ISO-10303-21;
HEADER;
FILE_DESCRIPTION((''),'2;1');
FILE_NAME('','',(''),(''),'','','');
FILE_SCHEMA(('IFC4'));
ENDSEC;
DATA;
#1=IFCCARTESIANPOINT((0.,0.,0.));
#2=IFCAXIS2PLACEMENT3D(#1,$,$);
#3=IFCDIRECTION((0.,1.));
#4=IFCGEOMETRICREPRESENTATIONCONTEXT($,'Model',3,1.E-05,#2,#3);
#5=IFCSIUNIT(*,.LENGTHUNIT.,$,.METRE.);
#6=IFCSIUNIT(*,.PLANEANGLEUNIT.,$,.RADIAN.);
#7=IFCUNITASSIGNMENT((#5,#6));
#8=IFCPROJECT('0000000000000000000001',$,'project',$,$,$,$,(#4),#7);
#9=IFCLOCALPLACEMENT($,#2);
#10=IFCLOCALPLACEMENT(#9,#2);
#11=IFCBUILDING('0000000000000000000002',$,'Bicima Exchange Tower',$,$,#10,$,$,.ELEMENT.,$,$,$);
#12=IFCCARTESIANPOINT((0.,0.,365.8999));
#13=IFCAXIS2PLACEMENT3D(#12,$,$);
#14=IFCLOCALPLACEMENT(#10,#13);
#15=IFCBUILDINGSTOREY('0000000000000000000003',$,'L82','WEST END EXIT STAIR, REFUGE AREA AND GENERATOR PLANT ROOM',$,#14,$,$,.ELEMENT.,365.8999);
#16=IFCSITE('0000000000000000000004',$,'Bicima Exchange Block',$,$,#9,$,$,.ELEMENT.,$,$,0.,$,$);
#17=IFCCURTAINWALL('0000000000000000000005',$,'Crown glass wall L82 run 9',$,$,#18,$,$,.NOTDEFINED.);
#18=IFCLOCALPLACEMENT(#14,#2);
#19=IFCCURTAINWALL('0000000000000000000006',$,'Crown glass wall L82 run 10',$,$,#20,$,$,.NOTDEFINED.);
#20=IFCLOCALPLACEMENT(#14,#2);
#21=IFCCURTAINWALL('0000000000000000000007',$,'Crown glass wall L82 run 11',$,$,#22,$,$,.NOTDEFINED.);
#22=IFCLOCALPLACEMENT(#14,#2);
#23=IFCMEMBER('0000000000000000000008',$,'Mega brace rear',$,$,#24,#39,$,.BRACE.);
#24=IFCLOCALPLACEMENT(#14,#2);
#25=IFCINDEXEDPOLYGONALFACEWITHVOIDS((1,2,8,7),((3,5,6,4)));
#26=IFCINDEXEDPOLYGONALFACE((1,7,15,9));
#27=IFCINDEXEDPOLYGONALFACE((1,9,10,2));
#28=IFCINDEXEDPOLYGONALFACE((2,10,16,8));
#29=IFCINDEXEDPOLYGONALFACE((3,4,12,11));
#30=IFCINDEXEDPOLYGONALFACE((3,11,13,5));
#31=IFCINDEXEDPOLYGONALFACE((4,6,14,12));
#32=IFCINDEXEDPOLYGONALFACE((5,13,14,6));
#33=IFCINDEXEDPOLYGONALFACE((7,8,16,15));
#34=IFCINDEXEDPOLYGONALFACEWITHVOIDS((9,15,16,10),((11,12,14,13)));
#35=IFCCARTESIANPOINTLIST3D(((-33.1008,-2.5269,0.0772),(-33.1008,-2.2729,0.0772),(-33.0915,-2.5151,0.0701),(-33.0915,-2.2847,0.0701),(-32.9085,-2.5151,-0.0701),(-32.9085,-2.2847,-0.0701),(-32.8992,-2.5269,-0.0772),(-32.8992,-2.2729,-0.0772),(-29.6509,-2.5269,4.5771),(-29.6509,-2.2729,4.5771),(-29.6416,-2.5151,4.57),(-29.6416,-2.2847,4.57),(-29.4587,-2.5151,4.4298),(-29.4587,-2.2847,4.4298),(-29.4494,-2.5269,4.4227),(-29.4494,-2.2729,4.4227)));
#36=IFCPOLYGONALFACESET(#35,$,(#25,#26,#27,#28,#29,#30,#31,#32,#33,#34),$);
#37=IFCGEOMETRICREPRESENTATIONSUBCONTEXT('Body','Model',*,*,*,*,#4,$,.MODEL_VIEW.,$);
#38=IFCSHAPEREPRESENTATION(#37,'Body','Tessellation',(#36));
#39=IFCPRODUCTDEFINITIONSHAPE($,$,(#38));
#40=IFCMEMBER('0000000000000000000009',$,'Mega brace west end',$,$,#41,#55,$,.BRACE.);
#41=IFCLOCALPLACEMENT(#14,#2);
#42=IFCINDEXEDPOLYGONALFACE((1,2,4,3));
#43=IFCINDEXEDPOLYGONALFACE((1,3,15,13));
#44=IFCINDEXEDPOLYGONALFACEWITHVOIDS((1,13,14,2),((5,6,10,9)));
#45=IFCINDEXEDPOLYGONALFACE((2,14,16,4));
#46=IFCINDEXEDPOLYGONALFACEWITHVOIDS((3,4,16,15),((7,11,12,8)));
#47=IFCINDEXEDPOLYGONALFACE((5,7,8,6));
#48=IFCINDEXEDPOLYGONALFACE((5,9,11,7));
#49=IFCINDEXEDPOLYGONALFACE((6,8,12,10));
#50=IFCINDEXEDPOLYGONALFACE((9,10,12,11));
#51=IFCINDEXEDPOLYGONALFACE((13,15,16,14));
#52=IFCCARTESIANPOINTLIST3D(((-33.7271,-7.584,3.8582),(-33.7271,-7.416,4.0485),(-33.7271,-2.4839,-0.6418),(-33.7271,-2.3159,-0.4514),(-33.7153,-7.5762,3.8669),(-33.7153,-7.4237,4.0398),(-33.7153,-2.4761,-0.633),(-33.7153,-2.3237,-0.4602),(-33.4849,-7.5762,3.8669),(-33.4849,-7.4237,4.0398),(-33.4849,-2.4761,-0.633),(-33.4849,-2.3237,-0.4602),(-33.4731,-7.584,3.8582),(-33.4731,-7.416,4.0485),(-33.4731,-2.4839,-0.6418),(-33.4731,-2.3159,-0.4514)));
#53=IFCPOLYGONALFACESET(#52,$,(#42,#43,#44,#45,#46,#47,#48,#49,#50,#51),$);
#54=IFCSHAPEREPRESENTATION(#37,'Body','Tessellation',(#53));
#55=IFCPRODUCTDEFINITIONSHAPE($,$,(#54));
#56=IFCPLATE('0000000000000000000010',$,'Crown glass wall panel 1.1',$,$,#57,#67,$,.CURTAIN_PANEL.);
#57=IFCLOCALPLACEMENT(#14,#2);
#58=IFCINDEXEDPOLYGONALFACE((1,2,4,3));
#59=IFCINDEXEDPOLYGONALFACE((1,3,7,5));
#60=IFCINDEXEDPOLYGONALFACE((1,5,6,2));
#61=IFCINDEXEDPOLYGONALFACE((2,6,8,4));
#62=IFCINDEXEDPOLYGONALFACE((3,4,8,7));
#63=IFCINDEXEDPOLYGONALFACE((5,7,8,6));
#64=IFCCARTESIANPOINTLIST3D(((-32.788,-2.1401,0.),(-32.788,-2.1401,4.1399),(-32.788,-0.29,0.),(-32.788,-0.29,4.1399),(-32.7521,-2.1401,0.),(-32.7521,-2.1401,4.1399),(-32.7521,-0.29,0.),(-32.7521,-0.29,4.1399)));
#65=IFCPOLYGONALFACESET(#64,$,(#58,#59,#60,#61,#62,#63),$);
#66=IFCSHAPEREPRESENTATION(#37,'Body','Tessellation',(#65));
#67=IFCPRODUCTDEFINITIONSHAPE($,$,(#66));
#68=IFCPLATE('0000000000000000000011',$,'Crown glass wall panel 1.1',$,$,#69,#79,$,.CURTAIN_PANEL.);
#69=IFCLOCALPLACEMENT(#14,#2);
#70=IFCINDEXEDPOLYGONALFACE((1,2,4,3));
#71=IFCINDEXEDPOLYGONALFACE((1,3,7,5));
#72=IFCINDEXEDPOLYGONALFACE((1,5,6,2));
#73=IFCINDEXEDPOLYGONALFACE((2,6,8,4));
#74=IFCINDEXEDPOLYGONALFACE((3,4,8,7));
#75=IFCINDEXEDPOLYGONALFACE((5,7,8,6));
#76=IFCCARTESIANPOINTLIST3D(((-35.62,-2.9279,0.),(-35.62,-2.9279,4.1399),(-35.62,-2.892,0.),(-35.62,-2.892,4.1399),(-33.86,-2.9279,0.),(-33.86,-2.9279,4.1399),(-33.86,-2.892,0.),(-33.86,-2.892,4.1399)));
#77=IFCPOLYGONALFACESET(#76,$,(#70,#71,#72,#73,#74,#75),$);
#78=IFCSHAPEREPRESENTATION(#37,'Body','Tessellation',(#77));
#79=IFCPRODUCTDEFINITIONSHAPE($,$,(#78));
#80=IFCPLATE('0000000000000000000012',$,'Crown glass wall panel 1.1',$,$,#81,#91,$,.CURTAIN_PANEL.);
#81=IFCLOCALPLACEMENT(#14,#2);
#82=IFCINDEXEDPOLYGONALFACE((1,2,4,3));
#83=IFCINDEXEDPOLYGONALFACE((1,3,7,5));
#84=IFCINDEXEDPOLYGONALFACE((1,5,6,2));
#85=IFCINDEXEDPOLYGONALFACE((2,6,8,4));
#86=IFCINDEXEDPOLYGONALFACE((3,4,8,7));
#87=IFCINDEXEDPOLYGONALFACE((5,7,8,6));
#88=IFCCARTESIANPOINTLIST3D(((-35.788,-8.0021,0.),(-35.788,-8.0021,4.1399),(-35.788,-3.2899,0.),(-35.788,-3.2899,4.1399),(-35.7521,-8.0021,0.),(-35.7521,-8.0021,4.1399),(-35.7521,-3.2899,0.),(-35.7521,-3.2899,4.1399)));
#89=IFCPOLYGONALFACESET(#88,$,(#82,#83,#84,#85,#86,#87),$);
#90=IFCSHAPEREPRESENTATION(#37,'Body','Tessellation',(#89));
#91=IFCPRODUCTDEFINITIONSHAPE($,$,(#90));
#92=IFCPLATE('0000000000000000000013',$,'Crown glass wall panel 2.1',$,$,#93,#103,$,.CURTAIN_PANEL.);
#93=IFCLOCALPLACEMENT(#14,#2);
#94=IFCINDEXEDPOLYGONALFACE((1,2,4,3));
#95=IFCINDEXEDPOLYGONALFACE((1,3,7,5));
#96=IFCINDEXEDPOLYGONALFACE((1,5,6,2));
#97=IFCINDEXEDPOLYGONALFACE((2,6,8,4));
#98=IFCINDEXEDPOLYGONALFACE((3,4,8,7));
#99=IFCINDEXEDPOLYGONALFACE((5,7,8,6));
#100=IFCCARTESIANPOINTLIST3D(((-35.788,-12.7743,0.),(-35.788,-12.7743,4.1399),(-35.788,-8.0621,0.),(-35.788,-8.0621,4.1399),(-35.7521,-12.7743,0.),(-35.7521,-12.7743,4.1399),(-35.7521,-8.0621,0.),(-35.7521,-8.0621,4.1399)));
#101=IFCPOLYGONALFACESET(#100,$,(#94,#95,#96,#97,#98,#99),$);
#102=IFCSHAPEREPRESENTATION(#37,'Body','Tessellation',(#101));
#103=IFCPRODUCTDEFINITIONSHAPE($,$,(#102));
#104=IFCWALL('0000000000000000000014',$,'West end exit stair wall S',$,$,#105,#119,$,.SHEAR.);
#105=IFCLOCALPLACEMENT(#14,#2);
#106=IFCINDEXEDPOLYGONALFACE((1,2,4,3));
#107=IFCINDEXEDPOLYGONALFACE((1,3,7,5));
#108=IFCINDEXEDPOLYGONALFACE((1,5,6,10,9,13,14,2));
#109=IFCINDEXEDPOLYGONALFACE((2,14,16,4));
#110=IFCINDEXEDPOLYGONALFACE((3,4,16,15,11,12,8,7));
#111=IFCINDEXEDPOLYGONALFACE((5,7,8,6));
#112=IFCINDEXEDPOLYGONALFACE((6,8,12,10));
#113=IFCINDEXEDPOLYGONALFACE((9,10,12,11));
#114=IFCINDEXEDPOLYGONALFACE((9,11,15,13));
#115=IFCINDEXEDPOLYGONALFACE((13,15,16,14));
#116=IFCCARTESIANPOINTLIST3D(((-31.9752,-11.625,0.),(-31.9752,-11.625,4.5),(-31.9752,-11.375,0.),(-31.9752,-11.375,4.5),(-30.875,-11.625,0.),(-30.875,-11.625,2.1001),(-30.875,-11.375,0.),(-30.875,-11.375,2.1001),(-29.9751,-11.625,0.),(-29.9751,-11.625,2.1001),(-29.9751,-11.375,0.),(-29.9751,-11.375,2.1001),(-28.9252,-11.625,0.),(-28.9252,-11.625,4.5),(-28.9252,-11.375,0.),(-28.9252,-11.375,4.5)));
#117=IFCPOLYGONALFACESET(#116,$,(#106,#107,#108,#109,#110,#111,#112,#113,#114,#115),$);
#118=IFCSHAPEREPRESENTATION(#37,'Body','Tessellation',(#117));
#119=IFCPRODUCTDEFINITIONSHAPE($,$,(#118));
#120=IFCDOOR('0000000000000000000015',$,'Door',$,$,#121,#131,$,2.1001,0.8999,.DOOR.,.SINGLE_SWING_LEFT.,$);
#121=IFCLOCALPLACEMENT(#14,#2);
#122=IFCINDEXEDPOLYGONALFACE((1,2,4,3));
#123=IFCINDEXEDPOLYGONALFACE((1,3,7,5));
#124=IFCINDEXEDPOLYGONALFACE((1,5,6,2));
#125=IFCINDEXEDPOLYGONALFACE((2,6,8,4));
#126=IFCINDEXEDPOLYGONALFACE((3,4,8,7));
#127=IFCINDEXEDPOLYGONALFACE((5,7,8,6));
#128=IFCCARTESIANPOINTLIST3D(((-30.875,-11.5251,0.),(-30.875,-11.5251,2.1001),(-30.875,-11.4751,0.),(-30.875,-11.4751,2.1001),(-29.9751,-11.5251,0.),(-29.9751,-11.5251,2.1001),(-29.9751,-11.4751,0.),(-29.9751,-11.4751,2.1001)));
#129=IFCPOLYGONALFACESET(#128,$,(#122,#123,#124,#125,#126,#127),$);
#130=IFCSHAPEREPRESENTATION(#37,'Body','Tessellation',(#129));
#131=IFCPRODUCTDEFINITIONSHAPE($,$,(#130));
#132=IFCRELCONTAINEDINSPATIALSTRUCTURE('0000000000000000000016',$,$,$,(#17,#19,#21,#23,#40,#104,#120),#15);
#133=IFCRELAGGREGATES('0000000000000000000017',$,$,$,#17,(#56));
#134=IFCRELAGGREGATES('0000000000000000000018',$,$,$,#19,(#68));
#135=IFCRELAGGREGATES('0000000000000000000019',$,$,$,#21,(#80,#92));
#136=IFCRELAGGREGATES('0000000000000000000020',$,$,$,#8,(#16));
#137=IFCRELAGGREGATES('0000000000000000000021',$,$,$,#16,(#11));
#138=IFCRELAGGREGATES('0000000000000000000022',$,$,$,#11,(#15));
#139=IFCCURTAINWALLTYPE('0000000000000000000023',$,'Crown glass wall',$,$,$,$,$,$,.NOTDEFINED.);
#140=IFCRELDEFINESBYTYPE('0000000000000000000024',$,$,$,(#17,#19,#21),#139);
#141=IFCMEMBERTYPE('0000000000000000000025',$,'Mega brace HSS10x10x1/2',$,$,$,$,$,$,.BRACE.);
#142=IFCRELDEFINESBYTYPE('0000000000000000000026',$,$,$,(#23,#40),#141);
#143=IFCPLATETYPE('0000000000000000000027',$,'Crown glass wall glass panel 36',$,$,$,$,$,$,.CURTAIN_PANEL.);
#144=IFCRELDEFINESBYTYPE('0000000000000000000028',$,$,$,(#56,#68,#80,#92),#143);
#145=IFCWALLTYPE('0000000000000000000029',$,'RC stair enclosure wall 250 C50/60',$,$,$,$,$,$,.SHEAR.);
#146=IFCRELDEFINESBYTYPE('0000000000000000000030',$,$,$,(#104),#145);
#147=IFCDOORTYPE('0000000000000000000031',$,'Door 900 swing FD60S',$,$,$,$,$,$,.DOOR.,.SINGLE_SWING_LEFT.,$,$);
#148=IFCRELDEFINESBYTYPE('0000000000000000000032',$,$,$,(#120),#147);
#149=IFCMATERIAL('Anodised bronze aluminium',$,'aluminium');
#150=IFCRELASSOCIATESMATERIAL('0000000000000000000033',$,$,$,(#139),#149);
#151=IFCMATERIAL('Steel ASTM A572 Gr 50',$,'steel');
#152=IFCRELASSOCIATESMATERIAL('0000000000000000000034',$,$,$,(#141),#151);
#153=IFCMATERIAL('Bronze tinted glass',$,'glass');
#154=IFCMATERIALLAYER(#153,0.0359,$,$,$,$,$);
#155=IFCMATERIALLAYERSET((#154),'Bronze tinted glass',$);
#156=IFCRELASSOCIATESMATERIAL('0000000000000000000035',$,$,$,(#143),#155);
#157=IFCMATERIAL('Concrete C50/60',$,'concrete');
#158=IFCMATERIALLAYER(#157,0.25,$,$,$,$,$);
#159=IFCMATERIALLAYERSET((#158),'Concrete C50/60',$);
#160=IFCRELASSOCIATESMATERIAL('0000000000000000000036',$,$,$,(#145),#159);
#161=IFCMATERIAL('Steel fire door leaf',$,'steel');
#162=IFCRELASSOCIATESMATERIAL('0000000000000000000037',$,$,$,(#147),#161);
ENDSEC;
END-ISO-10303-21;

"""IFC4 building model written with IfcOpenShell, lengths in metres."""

from ifc_helpers import new_model, si_unit, direction, frame, frame_2d, origin, origin_2d, place, context, subcontext, project, spatial, rectangle, hollow_rectangle, extrude, material, layer, layer_set, material_profile, profile_set, type_object, element, fill, aggregate, save


model = new_model("IFC4")

# Units and contexts
model_context = context("Model", 3, precision=1e-05, world=origin(), true_north=direction((0.0, 1.0)))
body_context = subcontext(model_context, "Body", "Model", "MODEL_VIEW")
ifc_project = project(units=[si_unit("LENGTHUNIT", "METRE"), si_unit("PLANEANGLEUNIT", "RADIAN")], contexts=[model_context])

# Site, building, storey
site_placement = place(None, origin())
site = spatial("IfcSite", under=ifc_project, at=site_placement, Name="Bicima Exchange Block", CompositionType="ELEMENT", RefElevation=0.0)
building_placement = place(site_placement, origin())
building = spatial("IfcBuilding", under=site, at=building_placement, Name="Bicima Exchange Tower", CompositionType="ELEMENT")
storey_placement = place(building_placement, frame((0.0, 0.0, 365.8999)))
storey = spatial("IfcBuildingStorey", under=building, at=storey_placement, Name="L82", Description="WEST END EXIT STAIR, REFUGE AREA AND GENERATOR PLANT ROOM", CompositionType="ELEMENT", Elevation=365.8999)

# Shared definitions
ifc_material_1 = material(Name="Steel ASTM A572 Gr 50", Category="steel")

# Shared definitions
ifc_material_2 = material(Name="Anodised bronze aluminium", Category="aluminium")
curtain_wall_type = type_object("IfcCurtainWallType", Name="Crown glass wall", PredefinedType="NOTDEFINED", material=ifc_material_2)

# Curtain walls
curtain_wall_1_placement = place(storey_placement, origin())
curtain_wall_1 = element("IfcCurtainWall", 1, at=curtain_wall_1_placement, inside=storey, type_object=curtain_wall_type, Name="Crown glass wall L82 run 9", PredefinedType="NOTDEFINED")
curtain_wall_2_placement = place(storey_placement, origin())
curtain_wall_2 = element("IfcCurtainWall", 2, at=curtain_wall_2_placement, inside=storey, type_object=curtain_wall_type, Name="Crown glass wall L82 run 10", PredefinedType="NOTDEFINED")
curtain_wall_3_placement = place(storey_placement, origin())
curtain_wall_3 = element("IfcCurtainWall", 3, at=curtain_wall_3_placement, inside=storey, type_object=curtain_wall_type, Name="Crown glass wall L82 run 11", PredefinedType="NOTDEFINED")

# Members
ifc_material_profile_1 = material_profile(ifc_material_1, hollow_rectangle(XDim=0.2539, YDim=0.2539, WallThickness=0.0117, at=origin_2d()))
ifc_profile_set_1 = profile_set([ifc_material_profile_1], Name="Steel ASTM A572 Gr 50")
member_type_1 = type_object("IfcMemberType", Name="Mega brace HSS10x10x1/2", PredefinedType="BRACE", material=ifc_profile_set_1)
member_1_placement = place(storey_placement, frame((-33.0, -2.3999, 0.0), z_axis=(0.608426, 0.0, 0.793611), x_axis=(0.0, 1.0, 0.0)))
element("IfcMember", 4, at=member_1_placement, inside=storey, type_object=member_type_1, Name="Mega brace rear", PredefinedType="BRACE", context=body_context, shape_type="SweptSolid", body=[
    extrude(hollow_rectangle(XDim=0.2539, YDim=0.2539, WallThickness=0.0117, at=origin_2d()), origin(), (0.0, 0.0, 1.0), 5.6702),
])
member_2_placement = place(storey_placement, frame((-33.6001, -2.3999, -0.5466), z_axis=(0.0, -0.749844, 0.661615), x_axis=(1.0, 0.0, 0.0)))
element("IfcMember", 5, at=member_2_placement, inside=storey, type_object=member_type_1, Name="Mega brace west end", PredefinedType="BRACE", context=body_context, shape_type="SweptSolid", body=[
    extrude(hollow_rectangle(XDim=0.2539, YDim=0.2539, WallThickness=0.0117, at=origin_2d()), origin(), (0.0, 0.0, 1.0), 6.8015),
])

# Plates
ifc_material_3 = material(Name="Bronze tinted glass", Category="glass")
ifc_layer_1 = layer(ifc_material_3, 0.0359)
ifc_layer_set_1 = layer_set([ifc_layer_1], Name="Bronze tinted glass")
plate_type = type_object("IfcPlateType", Name="Crown glass wall glass panel 36", PredefinedType="CURTAIN_PANEL", material=ifc_layer_set_1)
plate_1_placement = place(storey_placement, frame((-32.77, -1.2151, 0.0), z_axis=(0.0, 0.0, 1.0), x_axis=(0.0, -1.0, 0.0)))
plate_1 = element("IfcPlate", 6, at=plate_1_placement, type_object=plate_type, Name="Crown glass wall panel 1.1", PredefinedType="CURTAIN_PANEL", context=body_context, shape_type="SweptSolid", body=[
    extrude(rectangle(XDim=1.8501, YDim=0.0359, at=origin_2d()), origin(), (0.0, 0.0, 1.0), 4.1399),
])
aggregate(curtain_wall_1, [plate_1])
plate_2_placement = place(storey_placement, frame((-34.74, -2.9099, 0.0), z_axis=(0.0, 0.0, 1.0), x_axis=(-1.0, 0.0, 0.0)))
plate_2 = element("IfcPlate", 7, at=plate_2_placement, type_object=plate_type, Name="Crown glass wall panel 1.1", PredefinedType="CURTAIN_PANEL", context=body_context, shape_type="SweptSolid", body=[
    extrude(rectangle(XDim=1.76, YDim=0.0359, at=origin_2d()), origin(), (0.0, 0.0, 1.0), 4.1399),
])
aggregate(curtain_wall_2, [plate_2])
plate_3_placement = place(storey_placement, frame((-35.77, -5.646, 0.0), z_axis=(0.0, 0.0, 1.0), x_axis=(0.0, -1.0, 0.0)))
plate_3 = element("IfcPlate", 8, at=plate_3_placement, type_object=plate_type, Name="Crown glass wall panel 1.1", PredefinedType="CURTAIN_PANEL", context=body_context, shape_type="SweptSolid", body=[
    extrude(rectangle(XDim=4.7122, YDim=0.0359, at=origin_2d()), origin(), (0.0, 0.0, 1.0), 4.1399),
])
plate_4_placement = place(storey_placement, frame((-35.77, -10.4182, 0.0), z_axis=(0.0, 0.0, 1.0), x_axis=(0.0, -1.0, 0.0)))
plate_4 = element("IfcPlate", 9, at=plate_4_placement, type_object=plate_type, Name="Crown glass wall panel 2.1", PredefinedType="CURTAIN_PANEL", context=body_context, shape_type="SweptSolid", body=[
    extrude(rectangle(XDim=4.7122, YDim=0.0359, at=origin_2d()), origin(), (0.0, 0.0, 1.0), 4.1399),
])
aggregate(curtain_wall_3, [plate_3, plate_4])

# Wall, opening, door
ifc_material_4 = material(Name="Concrete C50/60", Category="concrete")
ifc_layer_2 = layer(ifc_material_4, 0.25)
ifc_layer_set_2 = layer_set([ifc_layer_2], Name="Concrete C50/60")
wall_type = type_object("IfcWallType", Name="RC stair enclosure wall 250 C50/60", PredefinedType="SHEAR", material=ifc_layer_set_2)
wall_placement = place(storey_placement, frame((-31.9751, -11.5, 0.0), z_axis=(0.0, 0.0, 1.0), x_axis=(1.0, 0.0, 0.0)))
wall = element("IfcWall", 10, at=wall_placement, inside=storey, type_object=wall_type, Name="West end exit stair wall S", PredefinedType="SHEAR", context=body_context, shape_type="SweptSolid", body=[
    extrude(rectangle(XDim=3.05, YDim=0.25, at=frame_2d((1.5249, 0.0))), origin(), (0.0, 0.0, 1.0), 4.5),
])
opening_placement = place(wall_placement, frame((1.1001, 0.0, 0.0)))
opening = element("IfcOpeningElement", 11, at=opening_placement, cuts=wall, PredefinedType="OPENING", context=body_context, shape_type="SweptSolid", body=[
    extrude(rectangle(XDim=0.8999, YDim=2.1001, at=frame_2d((0.45, 1.05))), frame((0.0, 0.137, 0.0), z_axis=(0.0, -1.0, 0.0), x_axis=(1.0, 0.0, 0.0)), (0.0, 0.0, 1.0), 0.2739),
])
ifc_material_5 = material(Name="Steel fire door leaf", Category="steel")
door_type = type_object("IfcDoorType", Name="Door 900 swing FD60S", OperationType="SINGLE_SWING_LEFT", PredefinedType="DOOR", material=ifc_material_5)
door_placement = place(opening_placement, origin())
door = element("IfcDoor", 12, at=door_placement, inside=storey, type_object=door_type, Name="Door", OperationType="SINGLE_SWING_LEFT", OverallHeight=2.1001, OverallWidth=0.8999, PredefinedType="DOOR", context=body_context, shape_type="SweptSolid", body=[
    extrude(rectangle(XDim=0.8999, YDim=2.1001, at=frame_2d((0.45, 1.05))), frame((0.0, 0.0249, 0.0), z_axis=(0.0, -1.0, 0.0), x_axis=(1.0, 0.0, 0.0)), (0.0, 0.0, 1.0), 0.05),
])
fill(opening, door)

save(model, "model.ifc")
